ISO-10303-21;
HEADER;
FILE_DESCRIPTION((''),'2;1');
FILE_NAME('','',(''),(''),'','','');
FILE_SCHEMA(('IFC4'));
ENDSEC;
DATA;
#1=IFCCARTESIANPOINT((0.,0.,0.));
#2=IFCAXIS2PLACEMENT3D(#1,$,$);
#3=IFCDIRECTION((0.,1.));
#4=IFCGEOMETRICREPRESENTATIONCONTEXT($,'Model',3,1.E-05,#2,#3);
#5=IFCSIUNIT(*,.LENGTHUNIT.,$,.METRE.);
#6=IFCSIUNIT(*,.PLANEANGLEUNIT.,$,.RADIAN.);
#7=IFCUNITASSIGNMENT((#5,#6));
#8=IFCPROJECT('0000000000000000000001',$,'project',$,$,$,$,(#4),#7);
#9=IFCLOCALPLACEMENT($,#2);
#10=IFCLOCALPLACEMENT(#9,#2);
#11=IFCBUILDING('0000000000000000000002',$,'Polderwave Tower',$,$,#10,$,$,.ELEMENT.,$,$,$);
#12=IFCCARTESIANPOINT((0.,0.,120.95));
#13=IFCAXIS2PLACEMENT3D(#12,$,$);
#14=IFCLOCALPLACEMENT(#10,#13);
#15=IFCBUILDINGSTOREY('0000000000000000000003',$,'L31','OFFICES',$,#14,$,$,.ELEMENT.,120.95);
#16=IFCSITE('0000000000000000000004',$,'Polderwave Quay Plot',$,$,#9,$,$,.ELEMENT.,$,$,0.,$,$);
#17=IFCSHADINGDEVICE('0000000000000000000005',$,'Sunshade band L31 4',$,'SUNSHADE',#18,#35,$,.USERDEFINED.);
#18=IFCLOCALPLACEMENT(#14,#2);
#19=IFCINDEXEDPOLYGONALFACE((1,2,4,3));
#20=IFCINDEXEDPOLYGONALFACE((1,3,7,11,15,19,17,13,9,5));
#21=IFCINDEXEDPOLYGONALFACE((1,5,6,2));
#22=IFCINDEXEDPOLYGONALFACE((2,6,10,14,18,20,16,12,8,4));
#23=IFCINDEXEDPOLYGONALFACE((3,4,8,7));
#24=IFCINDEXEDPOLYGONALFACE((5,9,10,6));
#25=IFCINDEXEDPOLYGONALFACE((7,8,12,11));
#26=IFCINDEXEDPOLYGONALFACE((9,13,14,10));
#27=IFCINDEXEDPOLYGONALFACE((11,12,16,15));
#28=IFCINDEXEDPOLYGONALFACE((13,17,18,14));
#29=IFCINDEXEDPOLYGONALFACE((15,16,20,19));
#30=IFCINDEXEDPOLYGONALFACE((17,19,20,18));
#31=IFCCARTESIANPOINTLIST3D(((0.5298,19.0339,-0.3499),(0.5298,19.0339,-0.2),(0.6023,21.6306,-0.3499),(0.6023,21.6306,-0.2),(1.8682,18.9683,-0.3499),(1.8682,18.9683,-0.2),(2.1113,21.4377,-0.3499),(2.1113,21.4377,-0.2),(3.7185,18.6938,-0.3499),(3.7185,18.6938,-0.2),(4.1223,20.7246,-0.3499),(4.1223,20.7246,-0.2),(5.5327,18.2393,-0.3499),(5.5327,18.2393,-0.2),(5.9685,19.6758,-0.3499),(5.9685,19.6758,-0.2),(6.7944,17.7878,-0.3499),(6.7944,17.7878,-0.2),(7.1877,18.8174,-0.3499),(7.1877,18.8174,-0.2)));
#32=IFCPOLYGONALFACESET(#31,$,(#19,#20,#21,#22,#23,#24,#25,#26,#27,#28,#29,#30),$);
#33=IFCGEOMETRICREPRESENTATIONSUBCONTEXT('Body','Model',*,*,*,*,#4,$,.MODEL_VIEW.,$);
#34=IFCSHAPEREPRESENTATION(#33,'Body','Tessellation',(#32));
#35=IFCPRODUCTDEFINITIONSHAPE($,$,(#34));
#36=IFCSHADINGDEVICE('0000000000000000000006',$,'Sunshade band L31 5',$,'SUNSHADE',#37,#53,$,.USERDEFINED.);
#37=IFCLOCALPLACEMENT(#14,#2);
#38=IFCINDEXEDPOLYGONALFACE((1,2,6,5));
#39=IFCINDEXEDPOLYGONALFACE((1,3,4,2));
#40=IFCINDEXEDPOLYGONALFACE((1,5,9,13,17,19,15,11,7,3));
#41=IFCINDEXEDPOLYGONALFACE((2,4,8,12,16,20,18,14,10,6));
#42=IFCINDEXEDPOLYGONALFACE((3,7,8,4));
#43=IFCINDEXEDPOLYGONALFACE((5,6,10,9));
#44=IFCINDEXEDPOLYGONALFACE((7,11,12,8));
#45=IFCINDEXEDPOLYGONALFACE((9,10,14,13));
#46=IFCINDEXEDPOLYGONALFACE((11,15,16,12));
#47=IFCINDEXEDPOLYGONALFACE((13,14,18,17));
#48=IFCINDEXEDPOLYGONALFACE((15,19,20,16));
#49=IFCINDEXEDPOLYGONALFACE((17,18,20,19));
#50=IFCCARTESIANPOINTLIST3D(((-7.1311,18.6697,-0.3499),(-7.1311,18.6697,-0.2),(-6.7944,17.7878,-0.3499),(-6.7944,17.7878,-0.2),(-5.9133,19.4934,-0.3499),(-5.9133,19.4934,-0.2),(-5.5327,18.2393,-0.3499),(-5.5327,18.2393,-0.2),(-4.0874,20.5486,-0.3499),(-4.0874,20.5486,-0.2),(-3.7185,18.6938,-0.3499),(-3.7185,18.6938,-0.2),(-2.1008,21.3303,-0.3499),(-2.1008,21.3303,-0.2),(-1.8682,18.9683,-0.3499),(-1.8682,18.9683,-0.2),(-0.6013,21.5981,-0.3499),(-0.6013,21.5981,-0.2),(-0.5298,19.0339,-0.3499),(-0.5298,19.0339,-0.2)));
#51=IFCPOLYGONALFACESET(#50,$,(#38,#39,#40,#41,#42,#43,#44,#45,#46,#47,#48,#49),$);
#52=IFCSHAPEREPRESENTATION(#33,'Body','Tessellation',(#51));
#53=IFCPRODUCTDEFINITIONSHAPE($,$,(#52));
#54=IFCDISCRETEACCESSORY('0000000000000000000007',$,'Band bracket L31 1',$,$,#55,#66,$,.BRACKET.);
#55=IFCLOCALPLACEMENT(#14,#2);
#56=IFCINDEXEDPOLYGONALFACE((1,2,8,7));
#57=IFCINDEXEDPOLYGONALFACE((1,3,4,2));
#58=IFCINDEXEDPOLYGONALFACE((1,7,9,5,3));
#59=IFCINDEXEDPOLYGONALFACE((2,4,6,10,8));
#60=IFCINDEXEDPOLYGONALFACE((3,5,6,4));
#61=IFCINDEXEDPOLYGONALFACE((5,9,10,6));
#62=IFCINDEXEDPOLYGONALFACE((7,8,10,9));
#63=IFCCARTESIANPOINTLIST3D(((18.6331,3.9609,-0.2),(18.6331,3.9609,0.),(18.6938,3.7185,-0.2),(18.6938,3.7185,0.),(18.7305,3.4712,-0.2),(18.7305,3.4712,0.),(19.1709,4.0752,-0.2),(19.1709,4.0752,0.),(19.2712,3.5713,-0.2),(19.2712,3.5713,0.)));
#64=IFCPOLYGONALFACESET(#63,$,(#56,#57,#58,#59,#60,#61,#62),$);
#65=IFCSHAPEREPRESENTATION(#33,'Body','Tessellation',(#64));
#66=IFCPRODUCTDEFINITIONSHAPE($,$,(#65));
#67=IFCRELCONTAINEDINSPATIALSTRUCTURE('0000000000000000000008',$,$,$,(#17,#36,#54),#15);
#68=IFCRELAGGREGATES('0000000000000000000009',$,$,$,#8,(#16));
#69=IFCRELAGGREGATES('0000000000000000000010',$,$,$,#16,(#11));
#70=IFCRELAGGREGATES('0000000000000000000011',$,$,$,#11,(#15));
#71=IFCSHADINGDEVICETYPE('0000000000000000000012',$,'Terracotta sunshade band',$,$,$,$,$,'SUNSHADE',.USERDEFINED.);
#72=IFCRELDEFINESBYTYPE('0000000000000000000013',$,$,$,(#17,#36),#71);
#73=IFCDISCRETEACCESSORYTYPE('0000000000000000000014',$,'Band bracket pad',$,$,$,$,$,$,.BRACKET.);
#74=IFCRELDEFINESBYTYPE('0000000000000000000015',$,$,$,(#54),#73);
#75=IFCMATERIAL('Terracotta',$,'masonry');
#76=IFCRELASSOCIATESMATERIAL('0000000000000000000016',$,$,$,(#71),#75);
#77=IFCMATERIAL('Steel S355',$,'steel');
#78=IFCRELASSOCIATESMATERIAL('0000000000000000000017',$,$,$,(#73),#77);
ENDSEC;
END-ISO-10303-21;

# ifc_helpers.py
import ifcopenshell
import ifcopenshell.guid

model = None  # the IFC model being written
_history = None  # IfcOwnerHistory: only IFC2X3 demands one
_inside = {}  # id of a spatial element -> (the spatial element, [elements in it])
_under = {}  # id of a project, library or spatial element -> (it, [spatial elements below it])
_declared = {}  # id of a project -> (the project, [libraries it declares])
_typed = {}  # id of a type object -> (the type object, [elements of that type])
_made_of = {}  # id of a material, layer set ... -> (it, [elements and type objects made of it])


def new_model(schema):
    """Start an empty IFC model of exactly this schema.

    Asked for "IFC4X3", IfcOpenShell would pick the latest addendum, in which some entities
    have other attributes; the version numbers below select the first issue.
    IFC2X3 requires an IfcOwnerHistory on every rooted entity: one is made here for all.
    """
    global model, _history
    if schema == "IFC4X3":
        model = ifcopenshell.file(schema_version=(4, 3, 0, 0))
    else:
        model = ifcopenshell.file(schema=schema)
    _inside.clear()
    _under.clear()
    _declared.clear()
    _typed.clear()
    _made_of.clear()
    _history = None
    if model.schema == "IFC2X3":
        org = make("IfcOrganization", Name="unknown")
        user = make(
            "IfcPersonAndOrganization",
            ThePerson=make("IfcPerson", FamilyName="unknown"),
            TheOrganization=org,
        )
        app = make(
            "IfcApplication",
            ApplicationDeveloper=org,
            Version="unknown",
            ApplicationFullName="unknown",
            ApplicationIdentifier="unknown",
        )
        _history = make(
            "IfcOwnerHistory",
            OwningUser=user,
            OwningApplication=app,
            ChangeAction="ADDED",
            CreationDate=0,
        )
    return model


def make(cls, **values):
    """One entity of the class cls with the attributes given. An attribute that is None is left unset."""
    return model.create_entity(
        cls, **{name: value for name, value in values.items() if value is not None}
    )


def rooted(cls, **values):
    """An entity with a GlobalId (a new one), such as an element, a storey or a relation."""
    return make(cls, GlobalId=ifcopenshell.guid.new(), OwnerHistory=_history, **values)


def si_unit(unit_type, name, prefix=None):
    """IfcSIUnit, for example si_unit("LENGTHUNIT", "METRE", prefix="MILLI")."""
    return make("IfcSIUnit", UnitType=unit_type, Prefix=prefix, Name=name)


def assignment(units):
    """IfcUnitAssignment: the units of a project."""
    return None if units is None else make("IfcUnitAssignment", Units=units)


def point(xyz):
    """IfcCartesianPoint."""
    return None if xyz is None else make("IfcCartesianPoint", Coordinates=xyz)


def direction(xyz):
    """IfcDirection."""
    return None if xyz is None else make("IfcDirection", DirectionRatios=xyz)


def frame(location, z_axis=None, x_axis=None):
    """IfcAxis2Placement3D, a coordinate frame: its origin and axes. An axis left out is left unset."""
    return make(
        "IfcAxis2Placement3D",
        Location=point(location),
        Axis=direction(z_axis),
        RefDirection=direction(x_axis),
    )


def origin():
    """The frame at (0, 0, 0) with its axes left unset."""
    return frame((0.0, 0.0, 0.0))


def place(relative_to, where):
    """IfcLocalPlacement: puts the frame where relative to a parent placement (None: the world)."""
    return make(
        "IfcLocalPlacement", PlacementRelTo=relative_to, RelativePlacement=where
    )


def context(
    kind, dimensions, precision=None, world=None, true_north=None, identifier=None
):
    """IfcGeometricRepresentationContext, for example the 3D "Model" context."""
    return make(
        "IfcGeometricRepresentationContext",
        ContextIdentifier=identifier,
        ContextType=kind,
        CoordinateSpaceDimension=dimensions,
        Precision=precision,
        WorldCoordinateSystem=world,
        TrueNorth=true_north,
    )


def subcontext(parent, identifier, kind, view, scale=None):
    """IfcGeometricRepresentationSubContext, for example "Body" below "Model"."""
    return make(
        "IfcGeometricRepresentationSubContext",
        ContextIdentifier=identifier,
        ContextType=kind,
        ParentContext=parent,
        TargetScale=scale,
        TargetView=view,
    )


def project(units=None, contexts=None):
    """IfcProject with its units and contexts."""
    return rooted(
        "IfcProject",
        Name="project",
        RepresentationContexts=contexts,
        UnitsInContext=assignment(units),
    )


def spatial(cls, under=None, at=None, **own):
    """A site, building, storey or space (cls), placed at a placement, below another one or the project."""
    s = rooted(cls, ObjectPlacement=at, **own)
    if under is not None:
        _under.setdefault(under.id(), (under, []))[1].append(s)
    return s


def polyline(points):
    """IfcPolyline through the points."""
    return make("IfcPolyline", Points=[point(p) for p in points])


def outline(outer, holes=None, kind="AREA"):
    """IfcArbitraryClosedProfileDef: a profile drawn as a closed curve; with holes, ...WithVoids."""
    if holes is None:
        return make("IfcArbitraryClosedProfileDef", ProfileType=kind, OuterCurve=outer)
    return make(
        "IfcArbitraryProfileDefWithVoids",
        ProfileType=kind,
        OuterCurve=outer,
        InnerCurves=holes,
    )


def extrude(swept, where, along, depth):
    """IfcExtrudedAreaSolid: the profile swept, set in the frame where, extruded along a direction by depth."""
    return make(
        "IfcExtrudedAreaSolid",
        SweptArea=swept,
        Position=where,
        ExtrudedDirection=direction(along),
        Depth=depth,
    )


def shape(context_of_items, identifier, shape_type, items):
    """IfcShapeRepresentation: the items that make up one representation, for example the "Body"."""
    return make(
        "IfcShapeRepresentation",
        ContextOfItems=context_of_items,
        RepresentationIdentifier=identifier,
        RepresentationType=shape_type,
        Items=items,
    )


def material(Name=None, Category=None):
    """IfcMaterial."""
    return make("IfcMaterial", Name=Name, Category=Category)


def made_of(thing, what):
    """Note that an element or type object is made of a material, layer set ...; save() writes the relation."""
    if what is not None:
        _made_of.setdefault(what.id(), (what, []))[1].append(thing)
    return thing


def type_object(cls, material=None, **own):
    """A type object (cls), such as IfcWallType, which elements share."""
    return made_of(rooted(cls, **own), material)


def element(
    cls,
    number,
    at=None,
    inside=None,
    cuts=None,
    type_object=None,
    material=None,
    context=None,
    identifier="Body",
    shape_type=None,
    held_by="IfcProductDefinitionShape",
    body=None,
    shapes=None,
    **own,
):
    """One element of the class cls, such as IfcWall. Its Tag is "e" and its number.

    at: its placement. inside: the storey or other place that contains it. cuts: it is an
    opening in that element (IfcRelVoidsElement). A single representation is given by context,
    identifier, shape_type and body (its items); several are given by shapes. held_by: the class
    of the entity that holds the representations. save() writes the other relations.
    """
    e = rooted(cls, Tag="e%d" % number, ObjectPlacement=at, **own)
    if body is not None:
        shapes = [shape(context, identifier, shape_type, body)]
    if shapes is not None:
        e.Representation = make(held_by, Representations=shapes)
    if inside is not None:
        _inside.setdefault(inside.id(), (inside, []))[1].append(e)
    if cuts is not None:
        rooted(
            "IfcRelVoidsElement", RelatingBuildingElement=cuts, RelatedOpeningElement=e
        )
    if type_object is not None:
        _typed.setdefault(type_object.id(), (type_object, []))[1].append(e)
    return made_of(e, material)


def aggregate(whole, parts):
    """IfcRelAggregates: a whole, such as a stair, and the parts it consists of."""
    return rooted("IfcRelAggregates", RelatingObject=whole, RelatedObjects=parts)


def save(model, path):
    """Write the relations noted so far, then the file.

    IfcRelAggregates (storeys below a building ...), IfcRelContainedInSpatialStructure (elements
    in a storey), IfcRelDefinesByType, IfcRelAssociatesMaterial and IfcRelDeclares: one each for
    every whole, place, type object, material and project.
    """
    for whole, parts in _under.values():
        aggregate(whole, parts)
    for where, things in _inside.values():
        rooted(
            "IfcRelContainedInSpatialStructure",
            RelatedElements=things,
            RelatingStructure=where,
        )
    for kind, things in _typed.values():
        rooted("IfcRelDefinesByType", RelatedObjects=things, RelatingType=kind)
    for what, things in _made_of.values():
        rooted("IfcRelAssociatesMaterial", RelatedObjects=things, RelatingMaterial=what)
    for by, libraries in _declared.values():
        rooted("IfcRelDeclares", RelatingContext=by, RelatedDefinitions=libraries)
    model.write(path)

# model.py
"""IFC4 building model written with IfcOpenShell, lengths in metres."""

from ifc_helpers import new_model, si_unit, direction, frame, origin, place, context, subcontext, project, spatial, polyline, outline, extrude, material, type_object, element, save


model = new_model("IFC4")

# Units and contexts
model_context = context("Model", 3, precision=1e-05, world=origin(), true_north=direction((0.0, 1.0)))
body_context = subcontext(model_context, "Body", "Model", "MODEL_VIEW")
ifc_project = project(units=[si_unit("LENGTHUNIT", "METRE"), si_unit("PLANEANGLEUNIT", "RADIAN")], contexts=[model_context])

# Site, building, storey
site_placement = place(None, origin())
site = spatial("IfcSite", under=ifc_project, at=site_placement, Name="Polderwave Quay Plot", CompositionType="ELEMENT", RefElevation=0.0)
building_placement = place(site_placement, origin())
building = spatial("IfcBuilding", under=site, at=building_placement, Name="Polderwave Tower", CompositionType="ELEMENT")
storey_placement = place(building_placement, frame((0.0, 0.0, 120.95)))
storey = spatial("IfcBuildingStorey", under=building, at=storey_placement, Name="L31", Description="OFFICES", CompositionType="ELEMENT", Elevation=120.95)

# Shading devices
ifc_material_1 = material(Name="Terracotta", Category="masonry")
shading_device_type = type_object("IfcShadingDeviceType", Name="Terracotta sunshade band", ElementType="SUNSHADE", PredefinedType="USERDEFINED", material=ifc_material_1)
shading_device_1_placement = place(storey_placement, frame((0.0, 0.0, -0.3499)))
element("IfcShadingDevice", 1, at=shading_device_1_placement, inside=storey, type_object=shading_device_type, Name="Sunshade band L31 4", ObjectType="SUNSHADE", PredefinedType="USERDEFINED", context=body_context, shape_type="SweptSolid", body=[
    extrude(outline(polyline([(6.7944, 17.7878), (5.5327, 18.2393), (3.7185, 18.6938), (1.8682, 18.9683), (0.5298, 19.0339), (0.6023, 21.6306), (2.1113, 21.4377), (4.1223, 20.7246), (5.9685, 19.6758), (7.1877, 18.8174), (6.7944, 17.7878)])), origin(), (0.0, 0.0, 1.0), 0.1499),
])
shading_device_2_placement = place(storey_placement, frame((0.0, 0.0, -0.3499)))
element("IfcShadingDevice", 2, at=shading_device_2_placement, inside=storey, type_object=shading_device_type, Name="Sunshade band L31 5", ObjectType="SUNSHADE", PredefinedType="USERDEFINED", context=body_context, shape_type="SweptSolid", body=[
    extrude(outline(polyline([(-0.5298, 19.0339), (-1.8682, 18.9683), (-3.7185, 18.6938), (-5.5327, 18.2393), (-6.7944, 17.7878), (-7.1311, 18.6697), (-5.9133, 19.4934), (-4.0874, 20.5486), (-2.1008, 21.3303), (-0.6013, 21.5981), (-0.5298, 19.0339)])), origin(), (0.0, 0.0, 1.0), 0.1499),
])

# Discrete accessory
ifc_material_2 = material(Name="Steel S355", Category="steel")
discrete_accessory_type = type_object("IfcDiscreteAccessoryType", Name="Band bracket pad", PredefinedType="BRACKET", material=ifc_material_2)
discrete_accessory_placement = place(storey_placement, frame((0.0, 0.0, -0.2)))
element("IfcDiscreteAccessory", 3, at=discrete_accessory_placement, inside=storey, type_object=discrete_accessory_type, Name="Band bracket L31 1", PredefinedType="BRACKET", context=body_context, shape_type="SweptSolid", body=[
    extrude(outline(polyline([(18.7305, 3.4712), (18.6938, 3.7185), (18.6331, 3.9609), (19.1709, 4.0752), (19.2712, 3.5713), (18.7305, 3.4712)])), origin(), (0.0, 0.0, 1.0), 0.2),
])

save(model, "model.ifc")
